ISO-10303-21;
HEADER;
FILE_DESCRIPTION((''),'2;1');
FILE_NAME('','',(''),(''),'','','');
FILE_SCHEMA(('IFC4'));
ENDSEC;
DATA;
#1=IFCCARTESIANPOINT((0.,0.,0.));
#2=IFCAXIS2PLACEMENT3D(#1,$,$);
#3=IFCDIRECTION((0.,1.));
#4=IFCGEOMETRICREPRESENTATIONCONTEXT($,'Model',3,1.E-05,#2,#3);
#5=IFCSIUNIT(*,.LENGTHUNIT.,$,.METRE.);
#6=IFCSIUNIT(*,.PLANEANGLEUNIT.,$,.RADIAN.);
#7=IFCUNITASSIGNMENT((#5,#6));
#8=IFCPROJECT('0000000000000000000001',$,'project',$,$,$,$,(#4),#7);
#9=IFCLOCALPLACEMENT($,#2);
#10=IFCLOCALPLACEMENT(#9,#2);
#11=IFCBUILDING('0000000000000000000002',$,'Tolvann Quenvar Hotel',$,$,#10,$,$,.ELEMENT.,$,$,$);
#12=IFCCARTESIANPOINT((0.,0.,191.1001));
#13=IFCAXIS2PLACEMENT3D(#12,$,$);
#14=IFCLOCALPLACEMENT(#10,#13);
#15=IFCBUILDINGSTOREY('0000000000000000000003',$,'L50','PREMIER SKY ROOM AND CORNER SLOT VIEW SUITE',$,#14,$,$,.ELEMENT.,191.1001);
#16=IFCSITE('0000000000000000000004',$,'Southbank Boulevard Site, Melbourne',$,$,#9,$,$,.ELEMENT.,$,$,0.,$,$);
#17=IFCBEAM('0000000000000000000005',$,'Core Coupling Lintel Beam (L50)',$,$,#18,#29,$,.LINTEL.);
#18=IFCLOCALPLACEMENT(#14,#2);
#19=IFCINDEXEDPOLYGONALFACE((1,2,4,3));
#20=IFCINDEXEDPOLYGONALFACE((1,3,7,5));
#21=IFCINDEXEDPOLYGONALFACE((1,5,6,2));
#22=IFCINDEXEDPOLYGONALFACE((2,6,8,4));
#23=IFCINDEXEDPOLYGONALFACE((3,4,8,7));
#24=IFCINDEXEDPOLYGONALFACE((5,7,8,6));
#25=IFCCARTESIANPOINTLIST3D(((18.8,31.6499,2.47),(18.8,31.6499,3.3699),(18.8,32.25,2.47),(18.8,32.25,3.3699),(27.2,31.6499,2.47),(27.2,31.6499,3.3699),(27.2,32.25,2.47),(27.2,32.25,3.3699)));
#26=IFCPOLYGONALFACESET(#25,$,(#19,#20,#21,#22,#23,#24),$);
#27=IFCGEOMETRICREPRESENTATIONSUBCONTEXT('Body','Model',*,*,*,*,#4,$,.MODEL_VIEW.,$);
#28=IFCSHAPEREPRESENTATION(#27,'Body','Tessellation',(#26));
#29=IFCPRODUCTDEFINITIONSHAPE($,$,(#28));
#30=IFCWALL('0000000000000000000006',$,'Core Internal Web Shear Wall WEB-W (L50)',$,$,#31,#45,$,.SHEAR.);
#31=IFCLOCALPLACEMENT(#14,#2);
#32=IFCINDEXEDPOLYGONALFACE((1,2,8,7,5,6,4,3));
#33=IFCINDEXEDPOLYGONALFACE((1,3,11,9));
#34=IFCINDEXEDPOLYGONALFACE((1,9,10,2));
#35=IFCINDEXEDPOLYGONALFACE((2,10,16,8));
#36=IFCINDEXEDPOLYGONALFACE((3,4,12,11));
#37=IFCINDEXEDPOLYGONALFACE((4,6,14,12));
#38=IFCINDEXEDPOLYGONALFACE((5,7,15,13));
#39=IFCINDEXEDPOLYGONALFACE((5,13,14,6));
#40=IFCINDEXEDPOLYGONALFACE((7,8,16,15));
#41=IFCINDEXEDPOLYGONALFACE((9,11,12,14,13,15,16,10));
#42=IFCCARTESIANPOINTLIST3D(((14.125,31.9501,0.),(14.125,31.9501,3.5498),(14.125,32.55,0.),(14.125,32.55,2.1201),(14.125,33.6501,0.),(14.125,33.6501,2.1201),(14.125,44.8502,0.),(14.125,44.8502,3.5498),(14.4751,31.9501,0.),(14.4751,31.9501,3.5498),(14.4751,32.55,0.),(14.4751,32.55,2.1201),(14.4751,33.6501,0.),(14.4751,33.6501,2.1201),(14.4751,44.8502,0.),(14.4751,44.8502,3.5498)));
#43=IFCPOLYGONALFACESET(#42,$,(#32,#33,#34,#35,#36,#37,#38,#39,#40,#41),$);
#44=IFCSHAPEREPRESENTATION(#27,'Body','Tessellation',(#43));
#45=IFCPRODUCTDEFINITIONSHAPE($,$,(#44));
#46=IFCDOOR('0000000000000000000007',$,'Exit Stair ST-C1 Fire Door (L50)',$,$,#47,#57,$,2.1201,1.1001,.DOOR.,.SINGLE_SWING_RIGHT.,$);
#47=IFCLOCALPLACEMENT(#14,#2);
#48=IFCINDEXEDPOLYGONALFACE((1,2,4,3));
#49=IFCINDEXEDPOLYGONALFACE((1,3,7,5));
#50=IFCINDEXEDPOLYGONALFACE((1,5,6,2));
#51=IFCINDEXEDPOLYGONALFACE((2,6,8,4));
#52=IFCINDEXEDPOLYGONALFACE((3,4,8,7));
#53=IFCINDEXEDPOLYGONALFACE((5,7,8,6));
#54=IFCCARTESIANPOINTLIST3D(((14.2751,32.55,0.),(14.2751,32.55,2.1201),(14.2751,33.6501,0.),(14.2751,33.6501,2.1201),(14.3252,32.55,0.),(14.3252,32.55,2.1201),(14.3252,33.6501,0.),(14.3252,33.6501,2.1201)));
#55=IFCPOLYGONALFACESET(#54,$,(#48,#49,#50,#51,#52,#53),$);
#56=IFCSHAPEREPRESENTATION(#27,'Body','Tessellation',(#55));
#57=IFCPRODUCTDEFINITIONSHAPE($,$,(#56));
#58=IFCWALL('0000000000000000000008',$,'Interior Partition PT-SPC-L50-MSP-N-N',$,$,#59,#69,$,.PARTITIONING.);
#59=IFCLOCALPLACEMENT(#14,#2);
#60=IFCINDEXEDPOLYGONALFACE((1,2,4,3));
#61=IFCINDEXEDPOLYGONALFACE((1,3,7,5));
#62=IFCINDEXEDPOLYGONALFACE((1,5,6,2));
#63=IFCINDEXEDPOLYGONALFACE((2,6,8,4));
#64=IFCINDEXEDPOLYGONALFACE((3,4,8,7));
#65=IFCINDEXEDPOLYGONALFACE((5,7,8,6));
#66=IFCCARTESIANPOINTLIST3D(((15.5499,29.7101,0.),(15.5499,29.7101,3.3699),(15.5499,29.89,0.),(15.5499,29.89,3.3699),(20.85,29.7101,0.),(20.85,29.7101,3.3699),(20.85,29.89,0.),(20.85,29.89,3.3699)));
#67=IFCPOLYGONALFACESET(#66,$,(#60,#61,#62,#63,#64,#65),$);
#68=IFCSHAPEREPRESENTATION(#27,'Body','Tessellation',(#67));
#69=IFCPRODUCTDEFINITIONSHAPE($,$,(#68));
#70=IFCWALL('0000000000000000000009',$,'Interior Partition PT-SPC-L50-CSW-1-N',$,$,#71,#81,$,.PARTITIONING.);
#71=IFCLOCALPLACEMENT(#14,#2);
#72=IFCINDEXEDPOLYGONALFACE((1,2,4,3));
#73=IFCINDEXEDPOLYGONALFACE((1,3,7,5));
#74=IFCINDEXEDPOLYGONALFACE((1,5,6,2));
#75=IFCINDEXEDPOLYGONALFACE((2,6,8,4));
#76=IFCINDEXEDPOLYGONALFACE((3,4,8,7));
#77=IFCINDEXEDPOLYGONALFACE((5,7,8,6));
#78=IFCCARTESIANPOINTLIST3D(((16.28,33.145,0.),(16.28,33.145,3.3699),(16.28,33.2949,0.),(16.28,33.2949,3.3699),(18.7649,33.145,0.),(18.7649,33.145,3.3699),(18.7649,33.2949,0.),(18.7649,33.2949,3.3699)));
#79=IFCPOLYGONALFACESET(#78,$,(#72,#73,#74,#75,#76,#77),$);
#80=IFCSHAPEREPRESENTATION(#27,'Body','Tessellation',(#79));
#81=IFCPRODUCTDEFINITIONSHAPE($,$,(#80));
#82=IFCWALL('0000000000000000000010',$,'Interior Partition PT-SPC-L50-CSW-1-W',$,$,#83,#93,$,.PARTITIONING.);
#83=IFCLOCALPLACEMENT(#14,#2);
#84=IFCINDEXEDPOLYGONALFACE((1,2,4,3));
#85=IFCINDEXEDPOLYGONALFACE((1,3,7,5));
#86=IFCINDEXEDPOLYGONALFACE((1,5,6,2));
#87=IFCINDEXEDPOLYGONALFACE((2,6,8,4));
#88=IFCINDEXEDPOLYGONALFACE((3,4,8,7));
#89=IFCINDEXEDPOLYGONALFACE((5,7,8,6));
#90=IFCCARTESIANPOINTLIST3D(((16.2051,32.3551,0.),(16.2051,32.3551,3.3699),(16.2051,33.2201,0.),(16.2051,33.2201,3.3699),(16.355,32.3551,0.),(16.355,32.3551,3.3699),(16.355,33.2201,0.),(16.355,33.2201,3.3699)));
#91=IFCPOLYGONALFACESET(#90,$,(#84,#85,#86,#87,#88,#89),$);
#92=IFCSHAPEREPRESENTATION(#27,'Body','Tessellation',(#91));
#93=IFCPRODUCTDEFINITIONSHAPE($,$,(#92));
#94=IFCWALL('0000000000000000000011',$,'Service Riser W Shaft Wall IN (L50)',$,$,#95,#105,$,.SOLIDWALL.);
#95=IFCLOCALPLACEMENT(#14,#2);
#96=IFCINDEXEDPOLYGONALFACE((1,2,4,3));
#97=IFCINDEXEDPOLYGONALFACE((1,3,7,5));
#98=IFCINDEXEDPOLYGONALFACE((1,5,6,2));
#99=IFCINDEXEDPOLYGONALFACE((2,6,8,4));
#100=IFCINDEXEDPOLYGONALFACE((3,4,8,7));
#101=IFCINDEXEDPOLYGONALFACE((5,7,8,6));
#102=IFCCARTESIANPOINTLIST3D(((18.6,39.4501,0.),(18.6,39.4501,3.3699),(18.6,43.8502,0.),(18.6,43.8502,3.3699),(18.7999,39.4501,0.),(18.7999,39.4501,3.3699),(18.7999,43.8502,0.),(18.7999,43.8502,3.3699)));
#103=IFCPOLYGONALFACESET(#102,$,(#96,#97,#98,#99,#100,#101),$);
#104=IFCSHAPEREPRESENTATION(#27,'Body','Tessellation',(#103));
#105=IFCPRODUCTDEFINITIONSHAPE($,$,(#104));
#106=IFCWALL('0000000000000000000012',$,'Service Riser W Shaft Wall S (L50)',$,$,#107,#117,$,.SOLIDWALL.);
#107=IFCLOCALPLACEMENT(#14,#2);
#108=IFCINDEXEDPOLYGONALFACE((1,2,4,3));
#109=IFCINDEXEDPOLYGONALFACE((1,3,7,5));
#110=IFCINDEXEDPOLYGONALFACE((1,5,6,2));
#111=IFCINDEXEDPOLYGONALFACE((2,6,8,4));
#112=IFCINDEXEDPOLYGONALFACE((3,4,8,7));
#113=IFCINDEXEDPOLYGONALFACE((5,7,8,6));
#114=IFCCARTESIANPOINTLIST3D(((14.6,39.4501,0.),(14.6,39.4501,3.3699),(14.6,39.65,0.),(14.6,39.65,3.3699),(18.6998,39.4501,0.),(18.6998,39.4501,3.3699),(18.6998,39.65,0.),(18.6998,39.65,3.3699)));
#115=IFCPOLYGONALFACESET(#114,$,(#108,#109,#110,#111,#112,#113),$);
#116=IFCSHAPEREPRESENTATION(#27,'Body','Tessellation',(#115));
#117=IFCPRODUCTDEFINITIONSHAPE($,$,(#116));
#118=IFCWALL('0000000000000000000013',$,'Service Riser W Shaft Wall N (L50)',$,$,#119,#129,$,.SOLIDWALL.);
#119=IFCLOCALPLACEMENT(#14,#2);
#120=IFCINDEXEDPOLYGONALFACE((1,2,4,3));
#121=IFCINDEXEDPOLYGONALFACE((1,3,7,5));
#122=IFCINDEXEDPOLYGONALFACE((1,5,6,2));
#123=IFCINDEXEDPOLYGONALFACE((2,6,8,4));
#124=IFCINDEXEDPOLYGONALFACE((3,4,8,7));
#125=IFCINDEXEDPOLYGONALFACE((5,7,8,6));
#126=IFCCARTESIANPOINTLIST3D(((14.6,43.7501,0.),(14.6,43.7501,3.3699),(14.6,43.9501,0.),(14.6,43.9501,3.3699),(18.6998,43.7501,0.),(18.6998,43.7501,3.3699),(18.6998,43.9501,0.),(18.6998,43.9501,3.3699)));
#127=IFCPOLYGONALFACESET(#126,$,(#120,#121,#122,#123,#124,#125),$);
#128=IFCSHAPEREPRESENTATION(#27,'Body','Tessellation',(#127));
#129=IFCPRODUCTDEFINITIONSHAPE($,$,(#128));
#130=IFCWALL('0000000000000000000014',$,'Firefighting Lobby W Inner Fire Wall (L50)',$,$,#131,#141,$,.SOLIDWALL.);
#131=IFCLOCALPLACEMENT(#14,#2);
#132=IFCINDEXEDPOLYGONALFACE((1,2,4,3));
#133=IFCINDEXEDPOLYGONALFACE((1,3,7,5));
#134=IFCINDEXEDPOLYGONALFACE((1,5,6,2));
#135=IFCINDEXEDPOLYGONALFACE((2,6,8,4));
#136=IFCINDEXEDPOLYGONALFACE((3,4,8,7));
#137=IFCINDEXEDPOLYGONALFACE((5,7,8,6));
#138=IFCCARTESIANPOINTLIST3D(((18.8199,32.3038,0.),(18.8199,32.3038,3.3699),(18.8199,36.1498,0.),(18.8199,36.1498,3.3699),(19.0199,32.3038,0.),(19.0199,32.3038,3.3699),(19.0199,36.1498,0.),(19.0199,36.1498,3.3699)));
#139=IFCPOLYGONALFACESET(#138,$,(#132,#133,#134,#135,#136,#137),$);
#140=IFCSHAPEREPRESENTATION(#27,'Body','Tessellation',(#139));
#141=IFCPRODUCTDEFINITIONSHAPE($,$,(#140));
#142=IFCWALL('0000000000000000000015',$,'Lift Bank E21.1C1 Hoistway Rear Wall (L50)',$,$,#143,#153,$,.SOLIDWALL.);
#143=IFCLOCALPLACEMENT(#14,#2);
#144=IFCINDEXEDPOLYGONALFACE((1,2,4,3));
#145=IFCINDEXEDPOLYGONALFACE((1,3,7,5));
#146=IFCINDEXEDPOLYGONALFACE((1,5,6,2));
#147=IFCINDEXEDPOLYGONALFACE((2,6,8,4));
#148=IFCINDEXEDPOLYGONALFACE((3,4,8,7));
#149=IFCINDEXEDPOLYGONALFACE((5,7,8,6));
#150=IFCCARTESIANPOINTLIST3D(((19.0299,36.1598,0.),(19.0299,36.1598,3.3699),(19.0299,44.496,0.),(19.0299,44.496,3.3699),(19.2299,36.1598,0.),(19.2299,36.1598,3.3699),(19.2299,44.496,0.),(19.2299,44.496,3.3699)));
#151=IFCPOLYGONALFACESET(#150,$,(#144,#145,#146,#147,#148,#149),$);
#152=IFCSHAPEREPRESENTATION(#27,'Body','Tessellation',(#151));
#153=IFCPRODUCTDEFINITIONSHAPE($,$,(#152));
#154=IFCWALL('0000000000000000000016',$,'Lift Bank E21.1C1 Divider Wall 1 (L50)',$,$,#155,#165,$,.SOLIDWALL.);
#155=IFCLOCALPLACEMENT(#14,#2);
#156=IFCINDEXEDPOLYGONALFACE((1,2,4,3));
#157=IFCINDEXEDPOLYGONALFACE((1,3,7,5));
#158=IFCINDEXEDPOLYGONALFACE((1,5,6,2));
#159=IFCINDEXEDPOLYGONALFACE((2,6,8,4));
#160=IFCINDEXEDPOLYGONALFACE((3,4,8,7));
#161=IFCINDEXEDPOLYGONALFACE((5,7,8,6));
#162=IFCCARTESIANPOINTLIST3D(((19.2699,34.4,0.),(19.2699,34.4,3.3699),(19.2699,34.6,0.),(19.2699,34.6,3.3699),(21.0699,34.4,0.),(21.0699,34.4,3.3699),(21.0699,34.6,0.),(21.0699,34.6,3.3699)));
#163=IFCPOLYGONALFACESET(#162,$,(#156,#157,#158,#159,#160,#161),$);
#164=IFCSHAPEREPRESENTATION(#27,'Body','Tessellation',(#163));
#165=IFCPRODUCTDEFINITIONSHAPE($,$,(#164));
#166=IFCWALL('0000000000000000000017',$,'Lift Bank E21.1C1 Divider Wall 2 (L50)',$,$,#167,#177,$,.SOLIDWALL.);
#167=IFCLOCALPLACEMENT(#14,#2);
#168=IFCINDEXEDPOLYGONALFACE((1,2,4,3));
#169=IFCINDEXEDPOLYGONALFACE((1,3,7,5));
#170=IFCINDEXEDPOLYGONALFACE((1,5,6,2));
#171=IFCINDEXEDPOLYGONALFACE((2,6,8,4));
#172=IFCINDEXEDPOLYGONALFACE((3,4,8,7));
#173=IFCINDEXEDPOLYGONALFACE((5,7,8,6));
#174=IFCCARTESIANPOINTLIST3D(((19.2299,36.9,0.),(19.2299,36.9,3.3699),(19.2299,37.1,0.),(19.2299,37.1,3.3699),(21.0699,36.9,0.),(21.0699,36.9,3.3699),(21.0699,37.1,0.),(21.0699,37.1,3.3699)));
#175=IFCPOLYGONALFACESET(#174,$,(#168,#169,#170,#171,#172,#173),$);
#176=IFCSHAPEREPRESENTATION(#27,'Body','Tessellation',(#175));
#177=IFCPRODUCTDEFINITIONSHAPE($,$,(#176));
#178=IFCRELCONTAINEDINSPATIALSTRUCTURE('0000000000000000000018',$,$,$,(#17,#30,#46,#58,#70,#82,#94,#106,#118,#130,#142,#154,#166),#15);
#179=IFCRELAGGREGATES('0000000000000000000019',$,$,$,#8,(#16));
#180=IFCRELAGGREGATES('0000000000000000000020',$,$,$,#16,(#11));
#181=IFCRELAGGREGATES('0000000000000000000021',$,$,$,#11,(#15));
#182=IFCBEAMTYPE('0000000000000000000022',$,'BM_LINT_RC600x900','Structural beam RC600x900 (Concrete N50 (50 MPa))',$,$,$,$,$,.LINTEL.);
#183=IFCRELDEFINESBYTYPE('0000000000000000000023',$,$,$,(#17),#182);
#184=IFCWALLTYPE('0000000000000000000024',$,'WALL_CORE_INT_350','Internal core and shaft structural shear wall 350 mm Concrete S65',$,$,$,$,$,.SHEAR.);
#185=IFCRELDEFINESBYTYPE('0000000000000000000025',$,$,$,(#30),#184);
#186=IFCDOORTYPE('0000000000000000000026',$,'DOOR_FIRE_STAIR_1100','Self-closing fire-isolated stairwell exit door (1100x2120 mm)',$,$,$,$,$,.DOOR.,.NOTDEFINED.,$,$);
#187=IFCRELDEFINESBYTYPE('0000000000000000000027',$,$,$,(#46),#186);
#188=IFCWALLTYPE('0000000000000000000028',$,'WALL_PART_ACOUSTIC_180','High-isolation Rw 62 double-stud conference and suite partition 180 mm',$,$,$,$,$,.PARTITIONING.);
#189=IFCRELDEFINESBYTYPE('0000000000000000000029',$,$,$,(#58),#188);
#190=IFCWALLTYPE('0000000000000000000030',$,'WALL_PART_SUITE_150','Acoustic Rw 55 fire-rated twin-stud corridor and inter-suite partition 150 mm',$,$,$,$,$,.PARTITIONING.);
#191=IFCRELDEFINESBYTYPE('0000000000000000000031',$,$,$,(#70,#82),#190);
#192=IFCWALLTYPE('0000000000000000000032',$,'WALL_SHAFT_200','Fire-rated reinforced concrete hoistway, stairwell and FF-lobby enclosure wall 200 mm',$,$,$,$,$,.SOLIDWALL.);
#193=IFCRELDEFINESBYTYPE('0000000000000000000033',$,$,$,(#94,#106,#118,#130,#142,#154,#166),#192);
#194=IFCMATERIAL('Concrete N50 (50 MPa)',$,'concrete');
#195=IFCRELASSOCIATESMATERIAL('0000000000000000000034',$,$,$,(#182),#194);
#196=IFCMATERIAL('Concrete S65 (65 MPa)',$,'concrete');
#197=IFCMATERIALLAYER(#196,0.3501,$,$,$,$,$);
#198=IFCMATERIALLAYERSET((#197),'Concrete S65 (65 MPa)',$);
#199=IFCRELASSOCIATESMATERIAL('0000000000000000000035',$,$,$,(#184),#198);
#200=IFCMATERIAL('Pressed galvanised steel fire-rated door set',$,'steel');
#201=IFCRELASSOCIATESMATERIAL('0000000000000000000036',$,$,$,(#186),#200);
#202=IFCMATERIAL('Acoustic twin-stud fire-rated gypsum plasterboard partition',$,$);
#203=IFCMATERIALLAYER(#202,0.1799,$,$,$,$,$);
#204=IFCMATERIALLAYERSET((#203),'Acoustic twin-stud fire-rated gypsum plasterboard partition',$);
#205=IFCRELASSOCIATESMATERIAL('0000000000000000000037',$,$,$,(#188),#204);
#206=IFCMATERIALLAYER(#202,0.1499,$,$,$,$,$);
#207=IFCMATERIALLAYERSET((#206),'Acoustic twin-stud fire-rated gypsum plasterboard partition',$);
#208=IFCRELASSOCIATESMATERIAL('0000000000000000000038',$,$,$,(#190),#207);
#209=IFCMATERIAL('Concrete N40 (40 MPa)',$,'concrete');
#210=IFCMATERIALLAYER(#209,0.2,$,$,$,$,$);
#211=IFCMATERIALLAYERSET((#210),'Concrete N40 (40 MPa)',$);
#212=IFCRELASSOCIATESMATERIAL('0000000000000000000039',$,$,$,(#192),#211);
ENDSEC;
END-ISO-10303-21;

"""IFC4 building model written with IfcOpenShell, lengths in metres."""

from ifc_helpers import new_model, si_unit, direction, frame, frame_2d, origin, origin_2d, place, context, subcontext, project, spatial, rectangle, extrude, source, transform, mapped, material, layer, layer_set, material_profile, profile_set, type_object, type_shapes, element, fill, save


model = new_model("IFC4")

# Units and contexts
model_context = context("Model", 3, precision=1e-05, world=origin(), true_north=direction((0.0, 1.0)))
body_context = subcontext(model_context, "Body", "Model", "MODEL_VIEW")
ifc_project = project(units=[si_unit("LENGTHUNIT", "METRE"), si_unit("PLANEANGLEUNIT", "RADIAN")], contexts=[model_context])

# Site, building, storey
site_placement = place(None, origin())
site = spatial("IfcSite", under=ifc_project, at=site_placement, Name="Southbank Boulevard Site, Melbourne", CompositionType="ELEMENT", RefElevation=0.0)
building_placement = place(site_placement, origin())
building = spatial("IfcBuilding", under=site, at=building_placement, Name="Tolvann Quenvar Hotel", CompositionType="ELEMENT")
storey_placement = place(building_placement, frame((0.0, 0.0, 191.1001)))
storey = spatial("IfcBuildingStorey", under=building, at=storey_placement, Name="L50", Description="PREMIER SKY ROOM AND CORNER SLOT VIEW SUITE", CompositionType="ELEMENT", Elevation=191.1001)

# Beam
ifc_material_1 = material(Name="Concrete N50 (50 MPa)", Category="concrete")
ifc_material_profile = material_profile(ifc_material_1, rectangle(XDim=0.6001, YDim=0.8999, at=origin_2d()), Name="RC600x900")
ifc_profile_set = profile_set([ifc_material_profile], Name="Concrete N50 (50 MPa)")
beam_type = type_object("IfcBeamType", Name="BM_LINT_RC600x900", Description="Structural beam RC600x900 (Concrete N50 (50 MPa))", PredefinedType="LINTEL", material=ifc_profile_set)
shared_shape_1 = source(origin(), body_context, "Body", "SweptSolid", [
    extrude(rectangle(XDim=0.6001, YDim=0.8999, at=origin_2d()), origin(), (0.0, 0.0, 1.0), 8.3999),
])
type_shapes(beam_type, [shared_shape_1])
beam_placement = place(storey_placement, frame((18.8, 31.95, 2.9199), z_axis=(1.0, 0.0, 0.0), x_axis=(0.0, 1.0, 0.0)))
element("IfcBeam", 1, at=beam_placement, inside=storey, type_object=beam_type, Name="Core Coupling Lintel Beam (L50)", PredefinedType="LINTEL", context=body_context, shape_type="MappedRepresentation", body=[
    mapped(shared_shape_1, transform((0.0, 0.0, 0.0), x_axis=(1.0, 0.0, 0.0), y_axis=(0.0, 1.0, 0.0), z_axis=(0.0, 0.0, 1.0), scale=1.0)),
])

# Wall, opening, door
ifc_material_2 = material(Name="Concrete S65 (65 MPa)", Category="concrete")
ifc_layer_1 = layer(ifc_material_2, 0.3501)
ifc_layer_set_1 = layer_set([ifc_layer_1], Name="Concrete S65 (65 MPa)")
wall_type_1 = type_object("IfcWallType", Name="WALL_CORE_INT_350", Description="Internal core and shaft structural shear wall 350 mm Concrete S65", PredefinedType="SHEAR", material=ifc_layer_set_1)
wall_1_placement = place(storey_placement, frame((14.3, 31.95, 0.0), z_axis=(0.0, 0.0, 1.0), x_axis=(0.0, 1.0, 0.0)))
wall_1 = element("IfcWall", 2, at=wall_1_placement, inside=storey, type_object=wall_type_1, Name="Core Internal Web Shear Wall WEB-W (L50)", PredefinedType="SHEAR", context=body_context, shape_type="SweptSolid", body=[
    extrude(rectangle(XDim=12.9001, YDim=0.3501, at=frame_2d((6.4502, 0.0))), origin(), (0.0, 0.0, 1.0), 3.5498),
])
opening_1_placement = place(wall_1_placement, frame((0.6001, 0.0, 0.0)))
opening_1 = element("IfcOpeningElement", 3, at=opening_1_placement, cuts=wall_1, PredefinedType="OPENING", context=body_context, shape_type="SweptSolid", body=[
    extrude(rectangle(XDim=1.1001, YDim=2.1201, at=frame_2d((0.55, 1.0601))), frame((0.0, 0.1851, 0.0), z_axis=(0.0, -1.0, 0.0), x_axis=(1.0, 0.0, 0.0)), (0.0, 0.0, 1.0), 0.3701),
])
ifc_material_3 = material(Name="Pressed galvanised steel fire-rated door set", Category="steel")
door_type_1 = type_object("IfcDoorType", Name="DOOR_FIRE_STAIR_1100", Description="Self-closing fire-isolated stairwell exit door (1100x2120 mm)", OperationType="NOTDEFINED", PredefinedType="DOOR", material=ifc_material_3)
shared_shape_2 = source(origin(), body_context, "Body", "SweptSolid", [
    extrude(rectangle(XDim=1.1001, YDim=2.1201, at=frame_2d((0.55, 1.0601))), frame((0.0, 0.0249, 0.0), z_axis=(0.0, -1.0, 0.0), x_axis=(1.0, 0.0, 0.0)), (0.0, 0.0, 1.0), 0.05),
])
type_shapes(door_type_1, [shared_shape_2])
door_1_placement = place(opening_1_placement, origin())
door_1 = element("IfcDoor", 4, at=door_1_placement, inside=storey, type_object=door_type_1, Name="Exit Stair ST-C1 Fire Door (L50)", OperationType="SINGLE_SWING_RIGHT", OverallHeight=2.1201, OverallWidth=1.1001, PredefinedType="DOOR", context=body_context, shape_type="MappedRepresentation", body=[
    mapped(shared_shape_2, transform((0.0, 0.0, 0.0), x_axis=(1.0, 0.0, 0.0), y_axis=(0.0, 1.0, 0.0), z_axis=(0.0, 0.0, 1.0), scale=1.0)),
])
fill(opening_1, door_1)

# Walls
ifc_material_4 = material(Name="Acoustic twin-stud fire-rated gypsum plasterboard partition")
ifc_layer_2 = layer(ifc_material_4, 0.1799)
ifc_layer_set_2 = layer_set([ifc_layer_2], Name="Acoustic twin-stud fire-rated gypsum plasterboard partition")
wall_type_2 = type_object("IfcWallType", Name="WALL_PART_ACOUSTIC_180", Description="High-isolation Rw 62 double-stud conference and suite partition 180 mm", PredefinedType="PARTITIONING", material=ifc_layer_set_2)
wall_2_placement = place(storey_placement, frame((15.55, 29.8, 0.0), z_axis=(0.0, 0.0, 1.0), x_axis=(1.0, 0.0, 0.0)))
element("IfcWall", 5, at=wall_2_placement, inside=storey, type_object=wall_type_2, Name="Interior Partition PT-SPC-L50-MSP-N-N", PredefinedType="PARTITIONING", context=body_context, shape_type="SweptSolid", body=[
    extrude(rectangle(XDim=5.3, YDim=0.1799, at=frame_2d((2.6499, 0.0))), origin(), (0.0, 0.0, 1.0), 3.3699),
])
ifc_layer_3 = layer(ifc_material_4, 0.1499)
ifc_layer_set_3 = layer_set([ifc_layer_3], Name="Acoustic twin-stud fire-rated gypsum plasterboard partition")
wall_type_3 = type_object("IfcWallType", Name="WALL_PART_SUITE_150", Description="Acoustic Rw 55 fire-rated twin-stud corridor and inter-suite partition 150 mm", PredefinedType="PARTITIONING", material=ifc_layer_set_3)
wall_3_placement = place(storey_placement, frame((16.28, 33.22, 0.0), z_axis=(0.0, 0.0, 1.0), x_axis=(1.0, 0.0, 0.0)))
element("IfcWall", 6, at=wall_3_placement, inside=storey, type_object=wall_type_3, Name="Interior Partition PT-SPC-L50-CSW-1-N", PredefinedType="PARTITIONING", context=body_context, shape_type="SweptSolid", body=[
    extrude(rectangle(XDim=2.4849, YDim=0.1499, at=frame_2d((1.2424, 0.0))), origin(), (0.0, 0.0, 1.0), 3.3699),
])
wall_4_placement = place(storey_placement, frame((16.28, 32.355, 0.0), z_axis=(0.0, 0.0, 1.0), x_axis=(0.0, 1.0, 0.0)))
element("IfcWall", 7, at=wall_4_placement, inside=storey, type_object=wall_type_3, Name="Interior Partition PT-SPC-L50-CSW-1-W", PredefinedType="PARTITIONING", context=body_context, shape_type="SweptSolid", body=[
    extrude(rectangle(XDim=0.865, YDim=0.1499, at=frame_2d((0.4326, 0.0))), origin(), (0.0, 0.0, 1.0), 3.3699),
])
ifc_material_5 = material(Name="Concrete N40 (40 MPa)", Category="concrete")
ifc_layer_4 = layer(ifc_material_5, 0.2)
ifc_layer_set_4 = layer_set([ifc_layer_4], Name="Concrete N40 (40 MPa)")
wall_type_4 = type_object("IfcWallType", Name="WALL_SHAFT_200", Description="Fire-rated reinforced concrete hoistway, stairwell and FF-lobby enclosure wall 200 mm", PredefinedType="SOLIDWALL", material=ifc_layer_set_4)
wall_5_placement = place(storey_placement, frame((18.7, 39.45, 0.0), z_axis=(0.0, 0.0, 1.0), x_axis=(0.0, 1.0, 0.0)))
element("IfcWall", 8, at=wall_5_placement, inside=storey, type_object=wall_type_4, Name="Service Riser W Shaft Wall IN (L50)", PredefinedType="SOLIDWALL", context=body_context, shape_type="SweptSolid", body=[
    extrude(rectangle(XDim=4.4001, YDim=0.2, at=frame_2d((2.2002, 0.0))), origin(), (0.0, 0.0, 1.0), 3.3699),
])
for number, where, z_axis, x_axis, name in (
    (9, (14.6001, 39.55, 0.0), (0.0, 0.0, 1.0), (1.0, 0.0, 0.0), "Service Riser W Shaft Wall S (L50)"),
    (10, (14.6001, 43.8501, 0.0), (0.0, 0.0, 1.0), (1.0, 0.0, 0.0), "Service Riser W Shaft Wall N (L50)"),
):
    element("IfcWall", number, at=place(storey_placement, frame(where, z_axis=z_axis, x_axis=x_axis)), inside=storey, type_object=wall_type_4, Name=name, PredefinedType="SOLIDWALL", context=body_context, shape_type="SweptSolid", body=[
        extrude(rectangle(XDim=4.0999, YDim=0.2, at=frame_2d((2.0498, 0.0))), origin(), (0.0, 0.0, 1.0), 3.3699),
    ])
wall_6_placement = place(storey_placement, frame((18.9199, 32.304, 0.0), z_axis=(0.0, 0.0, 1.0), x_axis=(0.0, 1.0, 0.0)))
element("IfcWall", 11, at=wall_6_placement, inside=storey, type_object=wall_type_4, Name="Firefighting Lobby W Inner Fire Wall (L50)", PredefinedType="SOLIDWALL", context=body_context, shape_type="SweptSolid", body=[
    extrude(rectangle(XDim=3.8459, YDim=0.2, at=frame_2d((1.9229, 0.0))), origin(), (0.0, 0.0, 1.0), 3.3699),
])

# Walls
wall_7_placement = place(storey_placement, frame((19.1299, 36.1599, 0.0), z_axis=(0.0, 0.0, 1.0), x_axis=(0.0, 1.0, 0.0)))
element("IfcWall", 12, at=wall_7_placement, inside=storey, type_object=wall_type_4, Name="Lift Bank E21.1C1 Hoistway Rear Wall (L50)", PredefinedType="SOLIDWALL", context=body_context, shape_type="SweptSolid", body=[
    extrude(rectangle(XDim=8.3362, YDim=0.2, at=frame_2d((4.168, 0.0))), origin(), (0.0, 0.0, 1.0), 3.3699),
])
wall_8_placement = place(storey_placement, frame((19.27, 34.5, 0.0), z_axis=(0.0, 0.0, 1.0), x_axis=(1.0, 0.0, 0.0)))
element("IfcWall", 13, at=wall_8_placement, inside=storey, type_object=wall_type_4, Name="Lift Bank E21.1C1 Divider Wall 1 (L50)", PredefinedType="SOLIDWALL", context=body_context, shape_type="SweptSolid", body=[
    extrude(rectangle(XDim=1.8, YDim=0.2, at=frame_2d((0.8999, 0.0))), origin(), (0.0, 0.0, 1.0), 3.3699),
])
for number, where, z_axis, x_axis, name in (
    (14, (19.23, 37.0, 0.0), (0.0, 0.0, 1.0), (1.0, 0.0, 0.0), "Lift Bank E21.1C1 Divider Wall 2 (L50)"),
):
    element("IfcWall", number, at=place(storey_placement, frame(where, z_axis=z_axis, x_axis=x_axis)), inside=storey, type_object=wall_type_4, Name=name, PredefinedType="SOLIDWALL", context=body_context, shape_type="SweptSolid", body=[
        extrude(rectangle(XDim=1.8401, YDim=0.2, at=frame_2d((0.9199, 0.0))), origin(), (0.0, 0.0, 1.0), 3.3699),
    ])

save(model, "model.ifc")
